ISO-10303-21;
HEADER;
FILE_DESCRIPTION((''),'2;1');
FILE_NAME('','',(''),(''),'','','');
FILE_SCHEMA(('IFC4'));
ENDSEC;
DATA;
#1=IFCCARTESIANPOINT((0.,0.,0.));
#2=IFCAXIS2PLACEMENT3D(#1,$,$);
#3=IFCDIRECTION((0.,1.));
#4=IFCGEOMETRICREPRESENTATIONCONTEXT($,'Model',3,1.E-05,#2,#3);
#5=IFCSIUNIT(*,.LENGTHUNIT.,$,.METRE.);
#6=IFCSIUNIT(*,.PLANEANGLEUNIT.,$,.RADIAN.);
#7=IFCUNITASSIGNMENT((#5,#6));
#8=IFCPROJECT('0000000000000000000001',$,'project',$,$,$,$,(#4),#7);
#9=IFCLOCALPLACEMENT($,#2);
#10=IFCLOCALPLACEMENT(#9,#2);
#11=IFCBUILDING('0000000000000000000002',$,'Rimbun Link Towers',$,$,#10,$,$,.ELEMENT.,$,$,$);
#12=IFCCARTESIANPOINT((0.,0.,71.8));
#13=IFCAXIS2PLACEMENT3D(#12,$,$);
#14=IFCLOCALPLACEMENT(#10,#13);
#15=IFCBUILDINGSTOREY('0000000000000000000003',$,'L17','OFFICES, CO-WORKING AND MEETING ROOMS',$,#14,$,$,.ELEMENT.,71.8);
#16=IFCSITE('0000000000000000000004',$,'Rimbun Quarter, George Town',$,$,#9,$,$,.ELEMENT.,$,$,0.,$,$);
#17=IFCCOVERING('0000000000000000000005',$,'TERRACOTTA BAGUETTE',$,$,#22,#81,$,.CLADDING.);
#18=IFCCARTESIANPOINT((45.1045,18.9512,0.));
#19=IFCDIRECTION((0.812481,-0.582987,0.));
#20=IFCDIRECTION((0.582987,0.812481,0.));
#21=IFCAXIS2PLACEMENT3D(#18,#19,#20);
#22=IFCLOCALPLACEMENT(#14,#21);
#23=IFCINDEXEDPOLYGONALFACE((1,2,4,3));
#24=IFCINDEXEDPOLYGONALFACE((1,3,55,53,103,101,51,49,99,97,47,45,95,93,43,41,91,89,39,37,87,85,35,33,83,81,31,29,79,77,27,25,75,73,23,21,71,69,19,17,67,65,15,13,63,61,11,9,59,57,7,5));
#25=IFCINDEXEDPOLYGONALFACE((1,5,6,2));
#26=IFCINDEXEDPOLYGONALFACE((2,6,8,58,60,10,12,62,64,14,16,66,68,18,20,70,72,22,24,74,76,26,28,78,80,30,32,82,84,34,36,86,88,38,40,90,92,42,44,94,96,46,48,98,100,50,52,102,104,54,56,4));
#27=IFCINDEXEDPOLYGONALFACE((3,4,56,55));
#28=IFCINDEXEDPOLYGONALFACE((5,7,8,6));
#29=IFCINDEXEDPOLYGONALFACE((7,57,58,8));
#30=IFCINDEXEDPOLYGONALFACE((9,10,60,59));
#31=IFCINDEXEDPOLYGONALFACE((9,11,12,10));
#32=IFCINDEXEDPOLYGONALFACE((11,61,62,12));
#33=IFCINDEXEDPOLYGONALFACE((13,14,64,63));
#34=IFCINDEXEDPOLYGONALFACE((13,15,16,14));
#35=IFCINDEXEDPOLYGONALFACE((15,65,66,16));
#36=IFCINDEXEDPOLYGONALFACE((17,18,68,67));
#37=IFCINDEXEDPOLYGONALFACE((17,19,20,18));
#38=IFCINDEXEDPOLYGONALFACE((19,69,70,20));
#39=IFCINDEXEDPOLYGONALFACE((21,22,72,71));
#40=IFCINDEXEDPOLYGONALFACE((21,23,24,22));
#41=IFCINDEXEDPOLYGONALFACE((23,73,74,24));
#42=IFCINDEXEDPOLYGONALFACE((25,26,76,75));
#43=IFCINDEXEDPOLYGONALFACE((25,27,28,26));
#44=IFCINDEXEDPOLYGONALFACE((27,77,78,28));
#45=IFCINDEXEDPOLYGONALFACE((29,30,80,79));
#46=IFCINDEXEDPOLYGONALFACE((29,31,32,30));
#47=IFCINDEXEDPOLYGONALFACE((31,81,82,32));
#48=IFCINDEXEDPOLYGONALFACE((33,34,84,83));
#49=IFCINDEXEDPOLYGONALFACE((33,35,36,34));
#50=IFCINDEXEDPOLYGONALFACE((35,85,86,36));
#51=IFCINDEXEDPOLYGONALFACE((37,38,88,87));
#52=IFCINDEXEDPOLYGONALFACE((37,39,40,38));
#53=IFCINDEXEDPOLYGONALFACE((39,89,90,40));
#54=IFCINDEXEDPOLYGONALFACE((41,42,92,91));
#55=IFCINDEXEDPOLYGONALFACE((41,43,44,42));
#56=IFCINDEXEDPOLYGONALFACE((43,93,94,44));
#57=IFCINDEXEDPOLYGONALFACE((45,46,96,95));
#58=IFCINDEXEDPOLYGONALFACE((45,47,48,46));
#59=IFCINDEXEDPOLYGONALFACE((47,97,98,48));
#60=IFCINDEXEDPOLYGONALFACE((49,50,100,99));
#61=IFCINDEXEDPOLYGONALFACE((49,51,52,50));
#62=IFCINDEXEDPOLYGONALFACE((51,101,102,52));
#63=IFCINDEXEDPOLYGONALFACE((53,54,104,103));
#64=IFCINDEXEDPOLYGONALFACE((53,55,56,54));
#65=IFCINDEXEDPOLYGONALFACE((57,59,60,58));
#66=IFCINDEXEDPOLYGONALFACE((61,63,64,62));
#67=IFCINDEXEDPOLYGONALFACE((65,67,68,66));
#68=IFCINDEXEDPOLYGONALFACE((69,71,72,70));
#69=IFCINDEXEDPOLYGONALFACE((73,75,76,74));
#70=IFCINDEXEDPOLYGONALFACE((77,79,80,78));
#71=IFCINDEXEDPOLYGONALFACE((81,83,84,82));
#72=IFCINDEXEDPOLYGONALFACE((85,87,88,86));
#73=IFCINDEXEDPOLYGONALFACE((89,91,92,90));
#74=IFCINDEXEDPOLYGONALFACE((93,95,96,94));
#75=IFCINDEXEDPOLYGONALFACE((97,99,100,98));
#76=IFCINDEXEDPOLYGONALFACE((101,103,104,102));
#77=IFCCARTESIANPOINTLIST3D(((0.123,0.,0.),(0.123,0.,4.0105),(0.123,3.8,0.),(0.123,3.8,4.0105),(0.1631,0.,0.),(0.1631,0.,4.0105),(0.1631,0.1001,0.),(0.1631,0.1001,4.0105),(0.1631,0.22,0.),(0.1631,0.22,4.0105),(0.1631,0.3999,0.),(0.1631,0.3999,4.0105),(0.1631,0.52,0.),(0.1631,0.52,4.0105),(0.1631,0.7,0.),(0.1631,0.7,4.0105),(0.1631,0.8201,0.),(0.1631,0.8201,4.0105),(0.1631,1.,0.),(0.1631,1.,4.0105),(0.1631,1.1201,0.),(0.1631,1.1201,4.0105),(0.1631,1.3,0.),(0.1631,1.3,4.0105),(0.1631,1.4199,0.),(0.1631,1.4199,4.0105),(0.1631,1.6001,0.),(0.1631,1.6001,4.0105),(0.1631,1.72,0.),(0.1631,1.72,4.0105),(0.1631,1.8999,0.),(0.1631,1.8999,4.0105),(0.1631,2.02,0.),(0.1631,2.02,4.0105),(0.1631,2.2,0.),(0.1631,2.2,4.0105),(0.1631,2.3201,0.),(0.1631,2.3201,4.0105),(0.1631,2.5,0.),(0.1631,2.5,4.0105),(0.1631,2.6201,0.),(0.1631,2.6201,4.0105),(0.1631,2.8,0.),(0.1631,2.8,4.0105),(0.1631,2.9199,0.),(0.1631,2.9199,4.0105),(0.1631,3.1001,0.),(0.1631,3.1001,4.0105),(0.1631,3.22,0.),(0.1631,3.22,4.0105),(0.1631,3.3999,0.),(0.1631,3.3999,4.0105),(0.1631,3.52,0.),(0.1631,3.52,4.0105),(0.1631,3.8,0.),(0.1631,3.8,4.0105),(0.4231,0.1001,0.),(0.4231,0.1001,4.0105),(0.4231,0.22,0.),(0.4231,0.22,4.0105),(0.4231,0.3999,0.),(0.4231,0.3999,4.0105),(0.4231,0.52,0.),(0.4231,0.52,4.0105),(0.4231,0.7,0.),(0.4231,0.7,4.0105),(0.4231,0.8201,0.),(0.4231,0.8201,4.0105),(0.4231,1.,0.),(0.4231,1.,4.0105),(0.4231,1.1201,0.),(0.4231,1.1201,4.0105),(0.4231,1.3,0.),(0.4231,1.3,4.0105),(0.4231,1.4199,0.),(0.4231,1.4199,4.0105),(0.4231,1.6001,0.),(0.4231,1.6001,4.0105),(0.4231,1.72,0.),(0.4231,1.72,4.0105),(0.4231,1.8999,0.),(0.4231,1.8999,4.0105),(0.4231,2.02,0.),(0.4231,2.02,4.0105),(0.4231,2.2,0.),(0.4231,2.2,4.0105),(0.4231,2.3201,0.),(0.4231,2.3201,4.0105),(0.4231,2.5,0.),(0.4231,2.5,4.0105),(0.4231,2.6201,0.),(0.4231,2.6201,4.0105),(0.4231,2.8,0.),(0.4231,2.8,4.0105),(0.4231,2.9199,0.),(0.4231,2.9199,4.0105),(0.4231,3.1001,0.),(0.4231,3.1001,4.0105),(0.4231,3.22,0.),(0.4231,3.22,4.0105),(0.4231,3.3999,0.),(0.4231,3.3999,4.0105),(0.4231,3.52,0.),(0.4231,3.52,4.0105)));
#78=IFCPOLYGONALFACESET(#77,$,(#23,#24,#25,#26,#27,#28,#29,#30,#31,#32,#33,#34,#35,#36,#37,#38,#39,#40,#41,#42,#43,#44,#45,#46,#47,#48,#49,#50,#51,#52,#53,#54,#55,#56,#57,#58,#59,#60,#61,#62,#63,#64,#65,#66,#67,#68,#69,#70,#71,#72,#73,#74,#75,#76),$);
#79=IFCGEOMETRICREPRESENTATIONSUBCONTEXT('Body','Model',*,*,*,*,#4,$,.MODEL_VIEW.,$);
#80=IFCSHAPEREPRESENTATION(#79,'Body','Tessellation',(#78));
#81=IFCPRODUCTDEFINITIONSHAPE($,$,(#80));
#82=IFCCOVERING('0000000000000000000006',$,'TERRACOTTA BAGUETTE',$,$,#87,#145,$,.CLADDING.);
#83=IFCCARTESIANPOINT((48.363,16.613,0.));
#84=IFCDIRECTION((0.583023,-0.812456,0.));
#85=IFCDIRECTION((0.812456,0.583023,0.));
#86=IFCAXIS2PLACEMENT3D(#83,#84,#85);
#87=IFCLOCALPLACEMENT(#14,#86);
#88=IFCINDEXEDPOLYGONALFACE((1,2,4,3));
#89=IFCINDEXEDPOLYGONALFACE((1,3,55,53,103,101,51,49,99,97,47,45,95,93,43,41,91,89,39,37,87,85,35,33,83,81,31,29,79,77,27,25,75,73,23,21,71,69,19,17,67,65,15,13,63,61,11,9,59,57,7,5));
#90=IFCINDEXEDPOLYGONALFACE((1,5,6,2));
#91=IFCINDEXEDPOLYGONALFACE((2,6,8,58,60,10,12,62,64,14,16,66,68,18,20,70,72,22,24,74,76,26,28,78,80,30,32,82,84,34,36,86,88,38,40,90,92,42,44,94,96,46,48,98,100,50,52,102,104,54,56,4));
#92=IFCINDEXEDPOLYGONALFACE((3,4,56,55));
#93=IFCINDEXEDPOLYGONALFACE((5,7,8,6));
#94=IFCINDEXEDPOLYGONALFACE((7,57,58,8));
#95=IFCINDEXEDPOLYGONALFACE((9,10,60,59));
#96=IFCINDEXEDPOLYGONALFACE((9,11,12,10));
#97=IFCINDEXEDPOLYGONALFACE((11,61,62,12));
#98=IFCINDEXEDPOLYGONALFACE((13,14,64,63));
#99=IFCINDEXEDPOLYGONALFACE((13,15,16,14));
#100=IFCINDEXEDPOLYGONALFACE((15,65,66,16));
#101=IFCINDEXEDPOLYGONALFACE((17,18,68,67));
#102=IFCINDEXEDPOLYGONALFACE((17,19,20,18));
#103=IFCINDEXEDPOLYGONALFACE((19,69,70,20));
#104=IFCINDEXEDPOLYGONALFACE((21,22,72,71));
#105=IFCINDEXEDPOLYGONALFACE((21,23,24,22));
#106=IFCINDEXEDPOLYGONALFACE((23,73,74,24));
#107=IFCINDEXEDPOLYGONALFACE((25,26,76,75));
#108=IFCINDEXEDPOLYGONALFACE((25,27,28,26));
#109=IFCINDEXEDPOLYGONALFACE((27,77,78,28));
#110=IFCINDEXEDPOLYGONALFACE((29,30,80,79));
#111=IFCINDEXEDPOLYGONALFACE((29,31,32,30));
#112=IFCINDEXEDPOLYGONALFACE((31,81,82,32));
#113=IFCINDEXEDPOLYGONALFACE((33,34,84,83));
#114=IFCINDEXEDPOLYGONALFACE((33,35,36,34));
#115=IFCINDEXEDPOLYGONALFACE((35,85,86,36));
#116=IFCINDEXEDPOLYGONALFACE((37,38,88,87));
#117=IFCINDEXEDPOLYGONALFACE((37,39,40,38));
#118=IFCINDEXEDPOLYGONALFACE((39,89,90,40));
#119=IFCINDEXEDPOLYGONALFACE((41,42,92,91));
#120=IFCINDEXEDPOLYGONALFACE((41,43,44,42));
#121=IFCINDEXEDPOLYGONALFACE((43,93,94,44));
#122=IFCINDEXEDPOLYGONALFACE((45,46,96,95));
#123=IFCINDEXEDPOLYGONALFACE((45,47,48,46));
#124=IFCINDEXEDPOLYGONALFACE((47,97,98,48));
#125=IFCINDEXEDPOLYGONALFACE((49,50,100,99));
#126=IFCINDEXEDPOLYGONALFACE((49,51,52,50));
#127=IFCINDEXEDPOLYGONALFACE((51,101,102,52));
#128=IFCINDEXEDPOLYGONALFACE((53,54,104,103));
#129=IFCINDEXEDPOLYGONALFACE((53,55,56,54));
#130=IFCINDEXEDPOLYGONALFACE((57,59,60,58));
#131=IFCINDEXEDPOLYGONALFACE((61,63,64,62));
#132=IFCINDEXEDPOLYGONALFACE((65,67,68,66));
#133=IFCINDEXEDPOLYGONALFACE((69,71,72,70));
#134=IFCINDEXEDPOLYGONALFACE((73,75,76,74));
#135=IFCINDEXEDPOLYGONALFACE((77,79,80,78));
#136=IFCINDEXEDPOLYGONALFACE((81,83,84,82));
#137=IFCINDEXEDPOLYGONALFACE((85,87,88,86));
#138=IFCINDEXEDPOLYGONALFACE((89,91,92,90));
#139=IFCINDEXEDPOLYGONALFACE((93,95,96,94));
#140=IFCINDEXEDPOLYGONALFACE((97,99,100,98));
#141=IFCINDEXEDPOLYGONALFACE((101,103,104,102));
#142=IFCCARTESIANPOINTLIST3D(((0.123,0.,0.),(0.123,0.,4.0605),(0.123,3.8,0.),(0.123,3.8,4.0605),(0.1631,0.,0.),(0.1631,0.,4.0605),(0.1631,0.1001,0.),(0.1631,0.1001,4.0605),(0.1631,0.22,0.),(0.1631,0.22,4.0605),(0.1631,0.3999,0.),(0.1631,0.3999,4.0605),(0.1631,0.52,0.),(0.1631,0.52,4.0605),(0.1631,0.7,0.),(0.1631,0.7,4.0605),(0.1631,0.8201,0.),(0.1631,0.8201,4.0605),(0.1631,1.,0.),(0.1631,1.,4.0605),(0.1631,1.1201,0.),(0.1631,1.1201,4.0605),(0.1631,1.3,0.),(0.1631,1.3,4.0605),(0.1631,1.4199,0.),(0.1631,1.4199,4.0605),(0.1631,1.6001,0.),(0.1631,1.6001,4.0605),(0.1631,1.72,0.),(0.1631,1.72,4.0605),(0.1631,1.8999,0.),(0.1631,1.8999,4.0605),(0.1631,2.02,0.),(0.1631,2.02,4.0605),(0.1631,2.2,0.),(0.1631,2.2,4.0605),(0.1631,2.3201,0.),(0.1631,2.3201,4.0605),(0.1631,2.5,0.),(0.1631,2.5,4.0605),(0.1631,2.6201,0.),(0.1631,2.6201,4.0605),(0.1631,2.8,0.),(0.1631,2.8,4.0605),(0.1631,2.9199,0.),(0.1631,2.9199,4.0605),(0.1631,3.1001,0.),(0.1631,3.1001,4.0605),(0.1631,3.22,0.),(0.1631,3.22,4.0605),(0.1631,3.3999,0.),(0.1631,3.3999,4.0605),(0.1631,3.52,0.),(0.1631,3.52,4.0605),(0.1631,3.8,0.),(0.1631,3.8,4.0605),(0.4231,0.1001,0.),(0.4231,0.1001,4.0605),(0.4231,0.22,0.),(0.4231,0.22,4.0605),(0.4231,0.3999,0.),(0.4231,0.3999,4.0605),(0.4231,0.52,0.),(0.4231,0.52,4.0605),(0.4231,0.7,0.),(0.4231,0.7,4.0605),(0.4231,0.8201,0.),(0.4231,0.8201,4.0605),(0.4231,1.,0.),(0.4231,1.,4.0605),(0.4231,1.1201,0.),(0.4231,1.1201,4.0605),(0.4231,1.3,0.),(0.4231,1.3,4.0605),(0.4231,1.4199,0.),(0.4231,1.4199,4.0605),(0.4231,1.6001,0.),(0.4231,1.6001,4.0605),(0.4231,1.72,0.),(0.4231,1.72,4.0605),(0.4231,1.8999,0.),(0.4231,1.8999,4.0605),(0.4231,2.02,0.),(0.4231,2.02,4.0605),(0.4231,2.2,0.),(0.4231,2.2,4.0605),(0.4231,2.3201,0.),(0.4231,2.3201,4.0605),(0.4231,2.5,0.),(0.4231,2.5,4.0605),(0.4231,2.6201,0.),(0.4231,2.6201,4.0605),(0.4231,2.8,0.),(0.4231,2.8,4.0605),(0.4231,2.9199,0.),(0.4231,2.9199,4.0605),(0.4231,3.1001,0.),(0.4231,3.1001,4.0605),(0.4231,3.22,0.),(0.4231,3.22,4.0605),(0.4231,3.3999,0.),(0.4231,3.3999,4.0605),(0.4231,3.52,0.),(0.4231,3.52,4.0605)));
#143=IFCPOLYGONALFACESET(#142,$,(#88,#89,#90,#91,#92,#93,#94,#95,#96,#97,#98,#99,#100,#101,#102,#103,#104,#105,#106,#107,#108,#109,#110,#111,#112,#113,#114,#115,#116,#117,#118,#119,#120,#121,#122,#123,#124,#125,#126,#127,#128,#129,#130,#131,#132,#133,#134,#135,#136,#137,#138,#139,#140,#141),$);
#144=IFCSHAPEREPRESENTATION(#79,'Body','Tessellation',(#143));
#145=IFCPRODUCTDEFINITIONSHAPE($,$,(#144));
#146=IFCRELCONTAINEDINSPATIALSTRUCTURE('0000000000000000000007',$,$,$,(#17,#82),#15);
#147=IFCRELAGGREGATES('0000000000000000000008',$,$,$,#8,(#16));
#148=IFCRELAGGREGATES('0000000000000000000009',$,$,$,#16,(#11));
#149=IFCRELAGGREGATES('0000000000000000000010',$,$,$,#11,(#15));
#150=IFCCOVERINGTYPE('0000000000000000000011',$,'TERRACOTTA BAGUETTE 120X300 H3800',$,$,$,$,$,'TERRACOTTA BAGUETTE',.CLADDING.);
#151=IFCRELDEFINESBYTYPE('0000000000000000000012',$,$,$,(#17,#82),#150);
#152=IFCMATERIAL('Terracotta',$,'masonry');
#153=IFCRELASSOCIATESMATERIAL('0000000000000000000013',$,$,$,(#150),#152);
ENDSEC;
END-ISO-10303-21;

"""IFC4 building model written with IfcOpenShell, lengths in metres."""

from ifc_helpers import new_model, si_unit, direction, frame, origin, place, context, subcontext, project, spatial, polyline, outline, extrude, material, material_profile, profile_set, type_object, element, save


model = new_model("IFC4")

# Units and contexts
model_context = context("Model", 3, precision=1e-05, world=origin(), true_north=direction((0.0, 1.0)))
body_context = subcontext(model_context, "Body", "Model", "MODEL_VIEW")
ifc_project = project(units=[si_unit("LENGTHUNIT", "METRE"), si_unit("PLANEANGLEUNIT", "RADIAN")], contexts=[model_context])

# Site, building, storey
site_placement = place(None, origin())
site = spatial("IfcSite", under=ifc_project, at=site_placement, Name="Rimbun Quarter, George Town", CompositionType="ELEMENT", RefElevation=0.0)
building_placement = place(site_placement, origin())
building = spatial("IfcBuilding", under=site, at=building_placement, Name="Rimbun Link Towers", CompositionType="ELEMENT")
storey_placement = place(building_placement, frame((0.0, 0.0, 71.8)))
storey = spatial("IfcBuildingStorey", under=building, at=storey_placement, Name="L17", Description="OFFICES, CO-WORKING AND MEETING ROOMS", CompositionType="ELEMENT", Elevation=71.8)

# Coverings
ifc_material_1 = material(Name="Terracotta", Category="masonry")
ifc_material_profile_1 = material_profile(ifc_material_1, outline(polyline([(0.123, 0.0), (0.1631, 0.0), (0.1631, 0.1001), (0.4231, 0.1001), (0.4231, 0.22), (0.1631, 0.22), (0.1631, 0.3999), (0.4231, 0.3999), (0.4231, 0.52), (0.1631, 0.52), (0.1631, 0.7), (0.4231, 0.7), (0.4231, 0.8201), (0.1631, 0.8201), (0.1631, 1.0), (0.4231, 1.0), (0.4231, 1.1201), (0.1631, 1.1201), (0.1631, 1.3), (0.4231, 1.3), (0.4231, 1.4199), (0.1631, 1.4199), (0.1631, 1.6001), (0.4231, 1.6001), (0.4231, 1.72), (0.1631, 1.72), (0.1631, 1.8999), (0.4231, 1.8999), (0.4231, 2.02), (0.1631, 2.02), (0.1631, 2.2), (0.4231, 2.2), (0.4231, 2.3201), (0.1631, 2.3201), (0.1631, 2.5), (0.4231, 2.5), (0.4231, 2.6201), (0.1631, 2.6201), (0.1631, 2.8), (0.4231, 2.8), (0.4231, 2.9199), (0.1631, 2.9199), (0.1631, 3.1001), (0.4231, 3.1001), (0.4231, 3.22), (0.1631, 3.22), (0.1631, 3.3999), (0.4231, 3.3999), (0.4231, 3.52), (0.1631, 3.52), (0.1631, 3.8), (0.123, 3.8), (0.123, 0.0)])), Name="BAGUETTE 120X300")
ifc_profile_set_1 = profile_set([ifc_material_profile_1], Name="Terracotta")
covering_type = type_object("IfcCoveringType", Name="TERRACOTTA BAGUETTE 120X300 H3800", ElementType="TERRACOTTA BAGUETTE", PredefinedType="CLADDING", material=ifc_profile_set_1)
covering_1_placement = place(storey_placement, frame((45.1045, 18.9512, 0.0), z_axis=(0.812481, -0.582987, 0.0), x_axis=(0.582987, 0.812481, 0.0)))
element("IfcCovering", 1, at=covering_1_placement, inside=storey, type_object=covering_type, Name="TERRACOTTA BAGUETTE", PredefinedType="CLADDING", context=body_context, shape_type="SweptSolid", body=[
    extrude(outline(polyline([(0.123, 0.0), (0.1631, 0.0), (0.1631, 0.1001), (0.4231, 0.1001), (0.4231, 0.22), (0.1631, 0.22), (0.1631, 0.3999), (0.4231, 0.3999), (0.4231, 0.52), (0.1631, 0.52), (0.1631, 0.7), (0.4231, 0.7), (0.4231, 0.8201), (0.1631, 0.8201), (0.1631, 1.0), (0.4231, 1.0), (0.4231, 1.1201), (0.1631, 1.1201), (0.1631, 1.3), (0.4231, 1.3), (0.4231, 1.4199), (0.1631, 1.4199), (0.1631, 1.6001), (0.4231, 1.6001), (0.4231, 1.72), (0.1631, 1.72), (0.1631, 1.8999), (0.4231, 1.8999), (0.4231, 2.02), (0.1631, 2.02), (0.1631, 2.2), (0.4231, 2.2), (0.4231, 2.3201), (0.1631, 2.3201), (0.1631, 2.5), (0.4231, 2.5), (0.4231, 2.6201), (0.1631, 2.6201), (0.1631, 2.8), (0.4231, 2.8), (0.4231, 2.9199), (0.1631, 2.9199), (0.1631, 3.1001), (0.4231, 3.1001), (0.4231, 3.22), (0.1631, 3.22), (0.1631, 3.3999), (0.4231, 3.3999), (0.4231, 3.52), (0.1631, 3.52), (0.1631, 3.8), (0.123, 3.8), (0.123, 0.0)])), origin(), (0.0, 0.0, 1.0), 4.0105),
])
covering_2_placement = place(storey_placement, frame((48.363, 16.613, 0.0), z_axis=(0.583023, -0.812456, 0.0), x_axis=(0.812456, 0.583023, 0.0)))
element("IfcCovering", 2, at=covering_2_placement, inside=storey, type_object=covering_type, Name="TERRACOTTA BAGUETTE", PredefinedType="CLADDING", context=body_context, shape_type="SweptSolid", body=[
    extrude(outline(polyline([(0.123, 0.0), (0.1631, 0.0), (0.1631, 0.1001), (0.4231, 0.1001), (0.4231, 0.22), (0.1631, 0.22), (0.1631, 0.3999), (0.4231, 0.3999), (0.4231, 0.52), (0.1631, 0.52), (0.1631, 0.7), (0.4231, 0.7), (0.4231, 0.8201), (0.1631, 0.8201), (0.1631, 1.0), (0.4231, 1.0), (0.4231, 1.1201), (0.1631, 1.1201), (0.1631, 1.3), (0.4231, 1.3), (0.4231, 1.4199), (0.1631, 1.4199), (0.1631, 1.6001), (0.4231, 1.6001), (0.4231, 1.72), (0.1631, 1.72), (0.1631, 1.8999), (0.4231, 1.8999), (0.4231, 2.02), (0.1631, 2.02), (0.1631, 2.2), (0.4231, 2.2), (0.4231, 2.3201), (0.1631, 2.3201), (0.1631, 2.5), (0.4231, 2.5), (0.4231, 2.6201), (0.1631, 2.6201), (0.1631, 2.8), (0.4231, 2.8), (0.4231, 2.9199), (0.1631, 2.9199), (0.1631, 3.1001), (0.4231, 3.1001), (0.4231, 3.22), (0.1631, 3.22), (0.1631, 3.3999), (0.4231, 3.3999), (0.4231, 3.52), (0.1631, 3.52), (0.1631, 3.8), (0.123, 3.8), (0.123, 0.0)])), origin(), (0.0, 0.0, 1.0), 4.0605),
])

save(model, "model.ifc")
